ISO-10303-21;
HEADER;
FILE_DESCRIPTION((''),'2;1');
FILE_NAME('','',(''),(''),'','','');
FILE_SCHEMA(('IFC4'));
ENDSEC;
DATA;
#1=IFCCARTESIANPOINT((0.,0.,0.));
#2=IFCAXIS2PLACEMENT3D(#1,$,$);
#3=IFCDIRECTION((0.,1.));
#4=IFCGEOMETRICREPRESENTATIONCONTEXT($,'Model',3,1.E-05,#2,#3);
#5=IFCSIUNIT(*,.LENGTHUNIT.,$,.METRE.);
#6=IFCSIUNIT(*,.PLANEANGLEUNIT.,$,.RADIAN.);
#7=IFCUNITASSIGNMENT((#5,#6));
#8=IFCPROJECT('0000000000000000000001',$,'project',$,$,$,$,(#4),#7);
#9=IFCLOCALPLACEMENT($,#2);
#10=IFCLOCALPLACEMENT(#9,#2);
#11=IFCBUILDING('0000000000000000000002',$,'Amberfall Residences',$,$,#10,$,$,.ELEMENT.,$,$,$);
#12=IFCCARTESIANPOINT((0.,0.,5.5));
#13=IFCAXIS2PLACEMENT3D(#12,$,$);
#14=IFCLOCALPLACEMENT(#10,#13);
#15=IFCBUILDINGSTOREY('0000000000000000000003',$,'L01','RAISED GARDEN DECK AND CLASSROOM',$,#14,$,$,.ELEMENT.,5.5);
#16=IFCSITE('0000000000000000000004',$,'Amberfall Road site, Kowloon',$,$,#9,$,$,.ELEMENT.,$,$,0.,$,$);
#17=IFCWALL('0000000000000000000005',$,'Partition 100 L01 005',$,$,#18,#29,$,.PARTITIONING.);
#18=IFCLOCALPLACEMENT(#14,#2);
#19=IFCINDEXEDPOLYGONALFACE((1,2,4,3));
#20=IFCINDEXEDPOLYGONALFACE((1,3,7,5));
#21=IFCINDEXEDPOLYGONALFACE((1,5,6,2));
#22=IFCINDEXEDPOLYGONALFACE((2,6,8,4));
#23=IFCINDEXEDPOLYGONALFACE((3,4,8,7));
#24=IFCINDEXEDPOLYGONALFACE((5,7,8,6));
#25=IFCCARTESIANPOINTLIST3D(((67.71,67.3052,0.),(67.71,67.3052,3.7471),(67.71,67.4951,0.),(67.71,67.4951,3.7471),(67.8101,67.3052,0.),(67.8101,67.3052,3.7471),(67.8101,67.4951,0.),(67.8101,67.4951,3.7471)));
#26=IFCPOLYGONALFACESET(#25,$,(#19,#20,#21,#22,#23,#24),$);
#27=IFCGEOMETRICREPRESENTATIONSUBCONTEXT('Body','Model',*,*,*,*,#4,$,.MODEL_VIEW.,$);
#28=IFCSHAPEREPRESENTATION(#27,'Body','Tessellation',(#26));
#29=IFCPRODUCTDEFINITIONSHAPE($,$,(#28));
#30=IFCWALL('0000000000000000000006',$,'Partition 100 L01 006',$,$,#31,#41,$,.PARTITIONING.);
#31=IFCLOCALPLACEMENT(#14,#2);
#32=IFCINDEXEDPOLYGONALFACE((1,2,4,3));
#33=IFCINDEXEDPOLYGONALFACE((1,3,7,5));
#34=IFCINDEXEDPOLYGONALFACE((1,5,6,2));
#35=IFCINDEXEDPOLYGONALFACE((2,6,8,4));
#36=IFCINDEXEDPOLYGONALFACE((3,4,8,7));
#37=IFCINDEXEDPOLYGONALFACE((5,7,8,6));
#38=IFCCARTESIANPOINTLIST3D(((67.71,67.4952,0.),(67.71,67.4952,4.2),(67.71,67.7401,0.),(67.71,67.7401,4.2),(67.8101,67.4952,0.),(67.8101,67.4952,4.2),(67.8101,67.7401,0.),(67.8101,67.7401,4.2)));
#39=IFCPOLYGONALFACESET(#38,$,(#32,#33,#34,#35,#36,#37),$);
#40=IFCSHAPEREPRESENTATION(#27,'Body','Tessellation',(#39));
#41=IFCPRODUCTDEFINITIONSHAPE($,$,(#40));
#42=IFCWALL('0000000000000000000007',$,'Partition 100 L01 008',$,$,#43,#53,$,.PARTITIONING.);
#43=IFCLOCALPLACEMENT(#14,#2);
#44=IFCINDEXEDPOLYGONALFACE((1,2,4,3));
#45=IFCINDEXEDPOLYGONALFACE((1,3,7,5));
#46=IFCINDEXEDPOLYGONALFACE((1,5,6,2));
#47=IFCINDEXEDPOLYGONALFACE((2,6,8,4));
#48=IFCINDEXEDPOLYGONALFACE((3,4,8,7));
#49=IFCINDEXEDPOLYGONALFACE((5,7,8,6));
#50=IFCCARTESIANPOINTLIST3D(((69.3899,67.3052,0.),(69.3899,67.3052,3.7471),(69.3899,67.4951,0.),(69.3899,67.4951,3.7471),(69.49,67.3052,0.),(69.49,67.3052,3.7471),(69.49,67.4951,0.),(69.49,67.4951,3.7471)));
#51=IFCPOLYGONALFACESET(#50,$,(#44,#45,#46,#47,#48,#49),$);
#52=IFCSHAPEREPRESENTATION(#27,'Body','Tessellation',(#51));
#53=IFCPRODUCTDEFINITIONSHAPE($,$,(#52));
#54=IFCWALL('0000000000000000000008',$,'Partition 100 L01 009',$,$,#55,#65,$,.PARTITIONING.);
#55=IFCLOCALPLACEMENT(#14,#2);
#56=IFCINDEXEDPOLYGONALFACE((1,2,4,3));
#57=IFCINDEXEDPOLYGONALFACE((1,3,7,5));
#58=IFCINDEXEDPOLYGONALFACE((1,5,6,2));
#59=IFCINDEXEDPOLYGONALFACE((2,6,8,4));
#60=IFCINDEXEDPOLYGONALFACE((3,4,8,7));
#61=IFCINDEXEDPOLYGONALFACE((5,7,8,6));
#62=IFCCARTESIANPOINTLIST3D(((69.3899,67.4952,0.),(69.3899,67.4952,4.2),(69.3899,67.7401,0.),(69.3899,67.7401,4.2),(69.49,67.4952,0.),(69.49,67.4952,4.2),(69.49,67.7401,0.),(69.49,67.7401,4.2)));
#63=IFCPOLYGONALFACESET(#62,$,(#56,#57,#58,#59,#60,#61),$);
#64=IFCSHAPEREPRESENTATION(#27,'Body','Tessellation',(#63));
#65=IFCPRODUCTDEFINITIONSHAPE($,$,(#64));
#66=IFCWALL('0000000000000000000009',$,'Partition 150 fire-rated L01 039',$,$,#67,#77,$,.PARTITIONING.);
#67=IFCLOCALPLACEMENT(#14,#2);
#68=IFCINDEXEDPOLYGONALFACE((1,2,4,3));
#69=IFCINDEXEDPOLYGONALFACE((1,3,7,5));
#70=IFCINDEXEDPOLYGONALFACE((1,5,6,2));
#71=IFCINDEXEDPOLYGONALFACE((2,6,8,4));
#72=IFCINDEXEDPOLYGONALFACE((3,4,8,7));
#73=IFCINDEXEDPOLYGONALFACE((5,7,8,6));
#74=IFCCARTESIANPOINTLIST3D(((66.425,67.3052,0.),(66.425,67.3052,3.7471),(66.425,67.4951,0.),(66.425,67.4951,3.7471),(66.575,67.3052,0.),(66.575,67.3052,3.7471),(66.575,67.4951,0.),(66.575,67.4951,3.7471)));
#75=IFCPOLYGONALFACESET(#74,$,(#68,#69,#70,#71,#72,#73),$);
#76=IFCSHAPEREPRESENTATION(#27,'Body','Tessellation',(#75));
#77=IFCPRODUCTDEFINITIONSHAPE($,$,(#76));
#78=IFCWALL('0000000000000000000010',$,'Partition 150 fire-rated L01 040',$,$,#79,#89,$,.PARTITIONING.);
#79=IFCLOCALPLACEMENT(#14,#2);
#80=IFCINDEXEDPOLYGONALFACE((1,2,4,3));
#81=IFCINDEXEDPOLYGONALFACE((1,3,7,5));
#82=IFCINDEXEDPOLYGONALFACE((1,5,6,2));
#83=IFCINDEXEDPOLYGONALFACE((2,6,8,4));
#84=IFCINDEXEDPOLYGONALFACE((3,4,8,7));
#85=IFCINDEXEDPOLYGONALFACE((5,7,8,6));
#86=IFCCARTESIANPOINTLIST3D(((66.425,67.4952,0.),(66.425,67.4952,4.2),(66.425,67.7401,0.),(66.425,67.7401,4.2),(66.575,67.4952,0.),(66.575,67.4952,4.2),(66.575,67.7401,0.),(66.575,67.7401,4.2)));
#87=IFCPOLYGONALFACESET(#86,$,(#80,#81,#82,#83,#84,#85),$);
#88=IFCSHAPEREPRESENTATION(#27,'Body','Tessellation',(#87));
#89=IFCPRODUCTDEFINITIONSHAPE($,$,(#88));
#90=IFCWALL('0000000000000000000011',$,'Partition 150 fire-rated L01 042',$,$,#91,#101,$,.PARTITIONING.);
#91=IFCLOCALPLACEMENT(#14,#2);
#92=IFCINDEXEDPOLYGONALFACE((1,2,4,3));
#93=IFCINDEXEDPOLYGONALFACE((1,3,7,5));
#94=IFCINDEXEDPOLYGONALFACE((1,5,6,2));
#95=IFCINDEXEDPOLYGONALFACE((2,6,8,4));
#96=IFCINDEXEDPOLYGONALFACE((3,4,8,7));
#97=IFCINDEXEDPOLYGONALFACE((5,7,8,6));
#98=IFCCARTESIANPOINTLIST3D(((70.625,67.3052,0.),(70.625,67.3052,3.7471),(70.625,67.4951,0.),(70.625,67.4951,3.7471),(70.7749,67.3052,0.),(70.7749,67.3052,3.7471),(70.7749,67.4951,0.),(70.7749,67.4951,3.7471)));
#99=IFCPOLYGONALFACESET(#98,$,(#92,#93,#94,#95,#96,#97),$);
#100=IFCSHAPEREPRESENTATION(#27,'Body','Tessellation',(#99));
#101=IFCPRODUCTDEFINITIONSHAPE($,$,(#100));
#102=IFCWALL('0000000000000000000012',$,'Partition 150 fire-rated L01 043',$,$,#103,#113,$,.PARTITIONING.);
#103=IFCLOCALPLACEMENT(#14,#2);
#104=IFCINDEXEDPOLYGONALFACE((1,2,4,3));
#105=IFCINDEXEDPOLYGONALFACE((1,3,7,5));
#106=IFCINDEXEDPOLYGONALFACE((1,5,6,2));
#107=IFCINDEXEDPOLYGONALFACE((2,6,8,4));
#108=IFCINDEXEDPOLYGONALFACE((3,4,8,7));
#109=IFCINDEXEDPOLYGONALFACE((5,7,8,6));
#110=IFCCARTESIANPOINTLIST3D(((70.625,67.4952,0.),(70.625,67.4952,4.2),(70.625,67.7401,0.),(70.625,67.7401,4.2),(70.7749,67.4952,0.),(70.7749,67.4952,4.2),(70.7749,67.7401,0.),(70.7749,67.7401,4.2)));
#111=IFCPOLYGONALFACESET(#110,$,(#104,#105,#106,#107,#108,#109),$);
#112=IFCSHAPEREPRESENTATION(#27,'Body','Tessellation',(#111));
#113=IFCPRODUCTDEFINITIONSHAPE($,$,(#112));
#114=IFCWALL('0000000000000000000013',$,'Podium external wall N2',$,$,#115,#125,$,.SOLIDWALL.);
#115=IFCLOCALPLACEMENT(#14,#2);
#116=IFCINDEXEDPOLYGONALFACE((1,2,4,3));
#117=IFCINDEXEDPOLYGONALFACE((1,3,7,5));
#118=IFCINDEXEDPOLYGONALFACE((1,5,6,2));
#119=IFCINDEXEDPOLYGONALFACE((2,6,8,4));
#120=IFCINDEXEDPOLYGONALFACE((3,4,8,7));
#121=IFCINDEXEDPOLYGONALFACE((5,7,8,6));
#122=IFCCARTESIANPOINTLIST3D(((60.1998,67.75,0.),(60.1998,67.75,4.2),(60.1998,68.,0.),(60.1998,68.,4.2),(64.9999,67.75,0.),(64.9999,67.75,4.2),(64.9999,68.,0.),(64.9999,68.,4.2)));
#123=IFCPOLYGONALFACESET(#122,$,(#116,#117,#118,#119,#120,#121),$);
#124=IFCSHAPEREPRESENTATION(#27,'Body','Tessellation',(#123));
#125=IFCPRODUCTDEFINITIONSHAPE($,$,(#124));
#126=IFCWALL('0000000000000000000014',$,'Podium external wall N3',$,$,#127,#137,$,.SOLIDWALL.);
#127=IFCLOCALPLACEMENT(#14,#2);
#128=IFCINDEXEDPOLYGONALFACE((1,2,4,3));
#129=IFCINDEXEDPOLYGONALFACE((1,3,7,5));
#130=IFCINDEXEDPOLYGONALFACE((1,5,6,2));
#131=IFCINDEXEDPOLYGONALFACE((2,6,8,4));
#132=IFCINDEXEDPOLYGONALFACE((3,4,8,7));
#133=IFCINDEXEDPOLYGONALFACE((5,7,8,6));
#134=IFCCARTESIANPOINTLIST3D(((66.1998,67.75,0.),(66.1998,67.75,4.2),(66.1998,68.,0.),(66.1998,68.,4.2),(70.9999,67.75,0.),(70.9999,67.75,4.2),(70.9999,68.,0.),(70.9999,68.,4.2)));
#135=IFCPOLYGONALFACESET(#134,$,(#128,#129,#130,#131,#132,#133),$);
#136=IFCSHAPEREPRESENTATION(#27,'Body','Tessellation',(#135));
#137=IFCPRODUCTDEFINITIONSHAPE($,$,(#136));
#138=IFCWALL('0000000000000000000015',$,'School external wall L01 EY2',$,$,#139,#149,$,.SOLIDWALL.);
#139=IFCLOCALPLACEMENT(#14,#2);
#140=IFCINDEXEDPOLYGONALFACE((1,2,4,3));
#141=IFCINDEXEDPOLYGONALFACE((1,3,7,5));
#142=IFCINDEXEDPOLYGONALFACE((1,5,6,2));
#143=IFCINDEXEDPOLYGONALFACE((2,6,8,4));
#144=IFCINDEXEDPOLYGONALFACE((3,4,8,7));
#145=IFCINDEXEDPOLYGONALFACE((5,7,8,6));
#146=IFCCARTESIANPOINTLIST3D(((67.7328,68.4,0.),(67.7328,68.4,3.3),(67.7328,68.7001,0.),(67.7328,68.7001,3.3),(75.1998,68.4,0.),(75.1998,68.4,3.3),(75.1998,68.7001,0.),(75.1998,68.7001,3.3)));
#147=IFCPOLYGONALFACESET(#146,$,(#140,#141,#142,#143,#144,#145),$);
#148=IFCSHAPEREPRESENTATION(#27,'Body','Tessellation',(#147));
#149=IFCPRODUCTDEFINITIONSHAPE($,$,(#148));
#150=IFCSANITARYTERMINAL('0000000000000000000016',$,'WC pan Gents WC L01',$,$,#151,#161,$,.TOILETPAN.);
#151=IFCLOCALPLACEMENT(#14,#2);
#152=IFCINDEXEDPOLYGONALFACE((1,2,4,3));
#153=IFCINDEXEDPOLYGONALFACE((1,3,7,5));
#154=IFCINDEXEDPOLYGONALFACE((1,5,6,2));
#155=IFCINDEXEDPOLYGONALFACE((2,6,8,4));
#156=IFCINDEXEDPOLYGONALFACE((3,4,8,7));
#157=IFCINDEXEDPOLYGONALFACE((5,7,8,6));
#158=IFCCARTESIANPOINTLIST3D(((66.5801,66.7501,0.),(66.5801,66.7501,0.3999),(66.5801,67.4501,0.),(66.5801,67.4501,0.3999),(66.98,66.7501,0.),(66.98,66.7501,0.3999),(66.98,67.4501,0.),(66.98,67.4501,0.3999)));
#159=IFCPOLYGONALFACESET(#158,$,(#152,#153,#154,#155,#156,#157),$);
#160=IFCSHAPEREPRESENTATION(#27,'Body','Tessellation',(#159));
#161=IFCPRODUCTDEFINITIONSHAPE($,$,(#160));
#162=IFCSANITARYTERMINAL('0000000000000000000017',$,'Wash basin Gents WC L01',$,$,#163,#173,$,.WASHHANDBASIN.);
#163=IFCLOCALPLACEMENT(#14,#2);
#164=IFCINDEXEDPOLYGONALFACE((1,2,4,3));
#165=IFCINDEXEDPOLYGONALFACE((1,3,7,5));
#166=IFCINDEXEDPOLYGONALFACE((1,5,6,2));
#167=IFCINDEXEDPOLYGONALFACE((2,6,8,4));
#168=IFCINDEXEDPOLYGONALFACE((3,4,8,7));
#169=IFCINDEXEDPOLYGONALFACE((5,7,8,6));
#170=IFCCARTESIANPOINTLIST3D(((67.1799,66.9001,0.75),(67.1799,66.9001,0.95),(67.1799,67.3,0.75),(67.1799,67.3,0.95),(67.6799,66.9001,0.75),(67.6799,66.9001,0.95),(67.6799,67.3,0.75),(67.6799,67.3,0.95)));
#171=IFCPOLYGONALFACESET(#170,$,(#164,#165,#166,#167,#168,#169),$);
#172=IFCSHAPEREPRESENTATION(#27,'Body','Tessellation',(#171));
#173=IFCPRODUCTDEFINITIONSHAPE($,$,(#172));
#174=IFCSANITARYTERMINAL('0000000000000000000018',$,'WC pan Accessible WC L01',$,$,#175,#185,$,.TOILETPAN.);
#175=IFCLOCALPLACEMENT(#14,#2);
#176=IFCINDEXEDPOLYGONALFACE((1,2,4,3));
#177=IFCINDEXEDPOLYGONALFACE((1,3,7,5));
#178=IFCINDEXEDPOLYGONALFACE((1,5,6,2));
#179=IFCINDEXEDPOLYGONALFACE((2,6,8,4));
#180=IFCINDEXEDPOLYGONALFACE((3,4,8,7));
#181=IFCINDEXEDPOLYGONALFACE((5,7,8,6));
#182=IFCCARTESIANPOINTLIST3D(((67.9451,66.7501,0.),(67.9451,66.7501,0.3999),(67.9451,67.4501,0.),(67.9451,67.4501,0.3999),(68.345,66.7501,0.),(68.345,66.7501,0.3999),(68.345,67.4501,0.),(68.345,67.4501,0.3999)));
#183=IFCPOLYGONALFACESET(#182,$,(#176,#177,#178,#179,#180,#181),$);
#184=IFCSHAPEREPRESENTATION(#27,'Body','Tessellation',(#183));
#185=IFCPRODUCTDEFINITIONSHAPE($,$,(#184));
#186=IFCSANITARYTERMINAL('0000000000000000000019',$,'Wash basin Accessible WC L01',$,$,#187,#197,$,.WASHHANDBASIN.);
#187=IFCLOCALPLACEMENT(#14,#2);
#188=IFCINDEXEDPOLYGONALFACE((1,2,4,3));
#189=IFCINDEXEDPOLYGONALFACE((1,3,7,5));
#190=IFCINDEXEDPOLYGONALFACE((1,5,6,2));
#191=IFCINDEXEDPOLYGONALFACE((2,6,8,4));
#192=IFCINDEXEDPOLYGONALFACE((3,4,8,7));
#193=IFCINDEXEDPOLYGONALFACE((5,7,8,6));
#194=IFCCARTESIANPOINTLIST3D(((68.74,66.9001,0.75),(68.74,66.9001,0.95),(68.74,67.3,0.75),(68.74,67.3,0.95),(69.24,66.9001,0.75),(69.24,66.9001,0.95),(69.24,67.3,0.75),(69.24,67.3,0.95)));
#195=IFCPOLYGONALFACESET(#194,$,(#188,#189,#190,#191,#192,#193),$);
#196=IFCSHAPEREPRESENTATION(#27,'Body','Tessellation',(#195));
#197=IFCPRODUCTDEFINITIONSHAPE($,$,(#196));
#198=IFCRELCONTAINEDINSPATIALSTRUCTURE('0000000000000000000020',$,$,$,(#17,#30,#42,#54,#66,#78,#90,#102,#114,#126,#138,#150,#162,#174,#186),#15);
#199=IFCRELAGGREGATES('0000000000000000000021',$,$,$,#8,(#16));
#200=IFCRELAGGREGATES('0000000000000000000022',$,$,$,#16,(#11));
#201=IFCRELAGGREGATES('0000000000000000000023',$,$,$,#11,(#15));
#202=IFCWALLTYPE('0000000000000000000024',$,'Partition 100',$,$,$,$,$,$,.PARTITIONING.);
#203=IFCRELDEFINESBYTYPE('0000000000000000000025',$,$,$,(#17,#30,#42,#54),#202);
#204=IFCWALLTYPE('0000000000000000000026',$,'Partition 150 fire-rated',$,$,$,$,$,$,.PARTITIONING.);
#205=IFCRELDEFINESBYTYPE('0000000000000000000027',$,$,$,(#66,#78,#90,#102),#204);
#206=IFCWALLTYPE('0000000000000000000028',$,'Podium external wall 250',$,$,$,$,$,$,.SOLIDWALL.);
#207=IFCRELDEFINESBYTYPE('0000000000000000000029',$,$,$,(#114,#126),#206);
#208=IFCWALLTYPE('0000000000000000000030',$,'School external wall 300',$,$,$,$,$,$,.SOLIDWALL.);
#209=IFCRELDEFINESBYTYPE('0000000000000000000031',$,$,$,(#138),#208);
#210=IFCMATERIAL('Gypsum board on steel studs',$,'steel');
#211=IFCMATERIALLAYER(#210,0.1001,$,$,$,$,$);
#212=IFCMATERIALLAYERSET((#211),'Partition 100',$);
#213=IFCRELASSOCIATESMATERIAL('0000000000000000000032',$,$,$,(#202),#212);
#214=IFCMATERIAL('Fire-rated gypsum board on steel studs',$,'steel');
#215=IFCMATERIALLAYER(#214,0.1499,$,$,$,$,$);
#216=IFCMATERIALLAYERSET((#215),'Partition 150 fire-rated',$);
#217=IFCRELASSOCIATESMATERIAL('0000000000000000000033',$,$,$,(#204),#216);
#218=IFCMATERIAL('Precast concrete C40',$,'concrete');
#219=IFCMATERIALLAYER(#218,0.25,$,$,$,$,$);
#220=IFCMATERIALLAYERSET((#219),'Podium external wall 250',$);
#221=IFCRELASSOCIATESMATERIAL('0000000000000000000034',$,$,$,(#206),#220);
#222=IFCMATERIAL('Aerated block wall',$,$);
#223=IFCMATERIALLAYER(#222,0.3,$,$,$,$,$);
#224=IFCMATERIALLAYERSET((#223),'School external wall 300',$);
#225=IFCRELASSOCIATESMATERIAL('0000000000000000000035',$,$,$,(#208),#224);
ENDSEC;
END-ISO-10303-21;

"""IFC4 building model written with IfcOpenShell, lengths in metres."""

from ifc_helpers import new_model, si_unit, direction, frame, frame_2d, origin, origin_2d, place, context, subcontext, project, spatial, rectangle, extrude, material, layer, layer_set, type_object, element, save


model = new_model("IFC4")

# Units and contexts
model_context = context("Model", 3, precision=1e-05, world=origin(), true_north=direction((0.0, 1.0)))
body_context = subcontext(model_context, "Body", "Model", "MODEL_VIEW")
ifc_project = project(units=[si_unit("LENGTHUNIT", "METRE"), si_unit("PLANEANGLEUNIT", "RADIAN")], contexts=[model_context])

# Site, building, storey
site_placement = place(None, origin())
site = spatial("IfcSite", under=ifc_project, at=site_placement, Name="Amberfall Road site, Kowloon", CompositionType="ELEMENT", RefElevation=0.0)
building_placement = place(site_placement, origin())
building = spatial("IfcBuilding", under=site, at=building_placement, Name="Amberfall Residences", CompositionType="ELEMENT")
storey_placement = place(building_placement, frame((0.0, 0.0, 5.5)))
storey = spatial("IfcBuildingStorey", under=building, at=storey_placement, Name="L01", Description="RAISED GARDEN DECK AND CLASSROOM", CompositionType="ELEMENT", Elevation=5.5)

# Walls
ifc_material_1 = material(Name="Gypsum board on steel studs", Category="steel")
ifc_layer_1 = layer(ifc_material_1, 0.1001)
ifc_layer_set_1 = layer_set([ifc_layer_1], Name="Partition 100")
wall_type_1 = type_object("IfcWallType", Name="Partition 100", PredefinedType="PARTITIONING", material=ifc_layer_set_1)
wall_1_placement = place(storey_placement, frame((67.76, 67.3052, 0.0), z_axis=(0.0, 0.0, 1.0), x_axis=(0.0, 1.0, 0.0)))
element("IfcWall", 1, at=wall_1_placement, inside=storey, type_object=wall_type_1, Name="Partition 100 L01 005", PredefinedType="PARTITIONING", context=body_context, shape_type="SweptSolid", body=[
    extrude(rectangle(XDim=0.1899, YDim=0.1001, at=frame_2d((0.095, 0.0))), origin(), (0.0, 0.0, 1.0), 3.7471),
])
wall_2_placement = place(storey_placement, frame((67.76, 67.4951, 0.0), z_axis=(0.0, 0.0, 1.0), x_axis=(0.0, 1.0, 0.0)))
element("IfcWall", 2, at=wall_2_placement, inside=storey, type_object=wall_type_1, Name="Partition 100 L01 006", PredefinedType="PARTITIONING", context=body_context, shape_type="SweptSolid", body=[
    extrude(rectangle(XDim=0.2449, YDim=0.1001, at=frame_2d((0.1226, 0.0))), origin(), (0.0, 0.0, 1.0), 4.2),
])
wall_3_placement = place(storey_placement, frame((69.4399, 67.3052, 0.0), z_axis=(0.0, 0.0, 1.0), x_axis=(0.0, 1.0, 0.0)))
element("IfcWall", 3, at=wall_3_placement, inside=storey, type_object=wall_type_1, Name="Partition 100 L01 008", PredefinedType="PARTITIONING", context=body_context, shape_type="SweptSolid", body=[
    extrude(rectangle(XDim=0.1899, YDim=0.1001, at=frame_2d((0.095, 0.0))), origin(), (0.0, 0.0, 1.0), 3.7471),
])
wall_4_placement = place(storey_placement, frame((69.4399, 67.4951, 0.0), z_axis=(0.0, 0.0, 1.0), x_axis=(0.0, 1.0, 0.0)))
element("IfcWall", 4, at=wall_4_placement, inside=storey, type_object=wall_type_1, Name="Partition 100 L01 009", PredefinedType="PARTITIONING", context=body_context, shape_type="SweptSolid", body=[
    extrude(rectangle(XDim=0.2449, YDim=0.1001, at=frame_2d((0.1226, 0.0))), origin(), (0.0, 0.0, 1.0), 4.2),
])
ifc_material_2 = material(Name="Fire-rated gypsum board on steel studs", Category="steel")
ifc_layer_2 = layer(ifc_material_2, 0.1499)
ifc_layer_set_2 = layer_set([ifc_layer_2], Name="Partition 150 fire-rated")
wall_type_2 = type_object("IfcWallType", Name="Partition 150 fire-rated", PredefinedType="PARTITIONING", material=ifc_layer_set_2)
wall_5_placement = place(storey_placement, frame((66.5, 67.3052, 0.0), z_axis=(0.0, 0.0, 1.0), x_axis=(0.0, 1.0, 0.0)))
element("IfcWall", 5, at=wall_5_placement, inside=storey, type_object=wall_type_2, Name="Partition 150 fire-rated L01 039", PredefinedType="PARTITIONING", context=body_context, shape_type="SweptSolid", body=[
    extrude(rectangle(XDim=0.1899, YDim=0.1499, at=frame_2d((0.095, 0.0))), origin(), (0.0, 0.0, 1.0), 3.7471),
])
wall_6_placement = place(storey_placement, frame((66.5, 67.4951, 0.0), z_axis=(0.0, 0.0, 1.0), x_axis=(0.0, 1.0, 0.0)))
element("IfcWall", 6, at=wall_6_placement, inside=storey, type_object=wall_type_2, Name="Partition 150 fire-rated L01 040", PredefinedType="PARTITIONING", context=body_context, shape_type="SweptSolid", body=[
    extrude(rectangle(XDim=0.2449, YDim=0.1499, at=frame_2d((0.1226, 0.0))), origin(), (0.0, 0.0, 1.0), 4.2),
])
wall_7_placement = place(storey_placement, frame((70.7, 67.3052, 0.0), z_axis=(0.0, 0.0, 1.0), x_axis=(0.0, 1.0, 0.0)))
element("IfcWall", 7, at=wall_7_placement, inside=storey, type_object=wall_type_2, Name="Partition 150 fire-rated L01 042", PredefinedType="PARTITIONING", context=body_context, shape_type="SweptSolid", body=[
    extrude(rectangle(XDim=0.1899, YDim=0.1499, at=frame_2d((0.095, 0.0))), origin(), (0.0, 0.0, 1.0), 3.7471),
])
wall_8_placement = place(storey_placement, frame((70.7, 67.4951, 0.0), z_axis=(0.0, 0.0, 1.0), x_axis=(0.0, 1.0, 0.0)))
element("IfcWall", 8, at=wall_8_placement, inside=storey, type_object=wall_type_2, Name="Partition 150 fire-rated L01 043", PredefinedType="PARTITIONING", context=body_context, shape_type="SweptSolid", body=[
    extrude(rectangle(XDim=0.2449, YDim=0.1499, at=frame_2d((0.1226, 0.0))), origin(), (0.0, 0.0, 1.0), 4.2),
])
ifc_material_3 = material(Name="Precast concrete C40", Category="concrete")
ifc_layer_3 = layer(ifc_material_3, 0.25)
ifc_layer_set_3 = layer_set([ifc_layer_3], Name="Podium external wall 250")
wall_type_3 = type_object("IfcWallType", Name="Podium external wall 250", PredefinedType="SOLIDWALL", material=ifc_layer_set_3)
for number, where, z_axis, x_axis, name in (
    (9, (60.2, 67.875, 0.0), (0.0, 0.0, 1.0), (1.0, 0.0, 0.0), "Podium external wall N2"),
    (10, (66.2, 67.875, 0.0), (0.0, 0.0, 1.0), (1.0, 0.0, 0.0), "Podium external wall N3"),
):
    element("IfcWall", number, at=place(storey_placement, frame(where, z_axis=z_axis, x_axis=x_axis)), inside=storey, type_object=wall_type_3, Name=name, PredefinedType="SOLIDWALL", context=body_context, shape_type="SweptSolid", body=[
        extrude(rectangle(XDim=4.8, YDim=0.25, at=frame_2d((2.3999, 0.0))), origin(), (0.0, 0.0, 1.0), 4.2),
    ])
ifc_material_4 = material(Name="Aerated block wall")
ifc_layer_4 = layer(ifc_material_4, 0.3)
ifc_layer_set_4 = layer_set([ifc_layer_4], Name="School external wall 300")
wall_type_4 = type_object("IfcWallType", Name="School external wall 300", PredefinedType="SOLIDWALL", material=ifc_layer_set_4)
wall_9_placement = place(storey_placement, frame((67.7329, 68.55, 0.0), z_axis=(0.0, 0.0, 1.0), x_axis=(1.0, 0.0, 0.0)))
element("IfcWall", 11, at=wall_9_placement, inside=storey, type_object=wall_type_4, Name="School external wall L01 EY2", PredefinedType="SOLIDWALL", context=body_context, shape_type="SweptSolid", body=[
    extrude(rectangle(XDim=7.467, YDim=0.3, at=frame_2d((3.7334, 0.0))), origin(), (0.0, 0.0, 1.0), 3.3),
])

# Sanitary terminals
sanitary_terminal_1_placement = place(storey_placement, frame((66.78, 67.1001, 0.0), z_axis=(0.0, 0.0, 1.0), x_axis=(1.0, 0.0, 0.0)))
element("IfcSanitaryTerminal", 12, at=sanitary_terminal_1_placement, inside=storey, Name="WC pan Gents WC L01", PredefinedType="TOILETPAN", context=body_context, shape_type="SweptSolid", body=[
    extrude(rectangle(XDim=0.3999, YDim=0.7, at=origin_2d()), origin(), (0.0, 0.0, 1.0), 0.3999),
])
sanitary_terminal_2_placement = place(storey_placement, frame((67.4299, 67.1001, 0.75), z_axis=(0.0, 0.0, 1.0), x_axis=(1.0, 0.0, 0.0)))
element("IfcSanitaryTerminal", 13, at=sanitary_terminal_2_placement, inside=storey, Name="Wash basin Gents WC L01", PredefinedType="WASHHANDBASIN", context=body_context, shape_type="SweptSolid", body=[
    extrude(rectangle(XDim=0.5, YDim=0.3999, at=origin_2d()), origin(), (0.0, 0.0, 1.0), 0.2),
])
sanitary_terminal_3_placement = place(storey_placement, frame((68.145, 67.1001, 0.0), z_axis=(0.0, 0.0, 1.0), x_axis=(1.0, 0.0, 0.0)))
element("IfcSanitaryTerminal", 14, at=sanitary_terminal_3_placement, inside=storey, Name="WC pan Accessible WC L01", PredefinedType="TOILETPAN", context=body_context, shape_type="SweptSolid", body=[
    extrude(rectangle(XDim=0.3999, YDim=0.7, at=origin_2d()), origin(), (0.0, 0.0, 1.0), 0.3999),
])
sanitary_terminal_4_placement = place(storey_placement, frame((68.99, 67.1001, 0.75), z_axis=(0.0, 0.0, 1.0), x_axis=(1.0, 0.0, 0.0)))
element("IfcSanitaryTerminal", 15, at=sanitary_terminal_4_placement, inside=storey, Name="Wash basin Accessible WC L01", PredefinedType="WASHHANDBASIN", context=body_context, shape_type="SweptSolid", body=[
    extrude(rectangle(XDim=0.5, YDim=0.3999, at=origin_2d()), origin(), (0.0, 0.0, 1.0), 0.2),
])

save(model, "model.ifc")
